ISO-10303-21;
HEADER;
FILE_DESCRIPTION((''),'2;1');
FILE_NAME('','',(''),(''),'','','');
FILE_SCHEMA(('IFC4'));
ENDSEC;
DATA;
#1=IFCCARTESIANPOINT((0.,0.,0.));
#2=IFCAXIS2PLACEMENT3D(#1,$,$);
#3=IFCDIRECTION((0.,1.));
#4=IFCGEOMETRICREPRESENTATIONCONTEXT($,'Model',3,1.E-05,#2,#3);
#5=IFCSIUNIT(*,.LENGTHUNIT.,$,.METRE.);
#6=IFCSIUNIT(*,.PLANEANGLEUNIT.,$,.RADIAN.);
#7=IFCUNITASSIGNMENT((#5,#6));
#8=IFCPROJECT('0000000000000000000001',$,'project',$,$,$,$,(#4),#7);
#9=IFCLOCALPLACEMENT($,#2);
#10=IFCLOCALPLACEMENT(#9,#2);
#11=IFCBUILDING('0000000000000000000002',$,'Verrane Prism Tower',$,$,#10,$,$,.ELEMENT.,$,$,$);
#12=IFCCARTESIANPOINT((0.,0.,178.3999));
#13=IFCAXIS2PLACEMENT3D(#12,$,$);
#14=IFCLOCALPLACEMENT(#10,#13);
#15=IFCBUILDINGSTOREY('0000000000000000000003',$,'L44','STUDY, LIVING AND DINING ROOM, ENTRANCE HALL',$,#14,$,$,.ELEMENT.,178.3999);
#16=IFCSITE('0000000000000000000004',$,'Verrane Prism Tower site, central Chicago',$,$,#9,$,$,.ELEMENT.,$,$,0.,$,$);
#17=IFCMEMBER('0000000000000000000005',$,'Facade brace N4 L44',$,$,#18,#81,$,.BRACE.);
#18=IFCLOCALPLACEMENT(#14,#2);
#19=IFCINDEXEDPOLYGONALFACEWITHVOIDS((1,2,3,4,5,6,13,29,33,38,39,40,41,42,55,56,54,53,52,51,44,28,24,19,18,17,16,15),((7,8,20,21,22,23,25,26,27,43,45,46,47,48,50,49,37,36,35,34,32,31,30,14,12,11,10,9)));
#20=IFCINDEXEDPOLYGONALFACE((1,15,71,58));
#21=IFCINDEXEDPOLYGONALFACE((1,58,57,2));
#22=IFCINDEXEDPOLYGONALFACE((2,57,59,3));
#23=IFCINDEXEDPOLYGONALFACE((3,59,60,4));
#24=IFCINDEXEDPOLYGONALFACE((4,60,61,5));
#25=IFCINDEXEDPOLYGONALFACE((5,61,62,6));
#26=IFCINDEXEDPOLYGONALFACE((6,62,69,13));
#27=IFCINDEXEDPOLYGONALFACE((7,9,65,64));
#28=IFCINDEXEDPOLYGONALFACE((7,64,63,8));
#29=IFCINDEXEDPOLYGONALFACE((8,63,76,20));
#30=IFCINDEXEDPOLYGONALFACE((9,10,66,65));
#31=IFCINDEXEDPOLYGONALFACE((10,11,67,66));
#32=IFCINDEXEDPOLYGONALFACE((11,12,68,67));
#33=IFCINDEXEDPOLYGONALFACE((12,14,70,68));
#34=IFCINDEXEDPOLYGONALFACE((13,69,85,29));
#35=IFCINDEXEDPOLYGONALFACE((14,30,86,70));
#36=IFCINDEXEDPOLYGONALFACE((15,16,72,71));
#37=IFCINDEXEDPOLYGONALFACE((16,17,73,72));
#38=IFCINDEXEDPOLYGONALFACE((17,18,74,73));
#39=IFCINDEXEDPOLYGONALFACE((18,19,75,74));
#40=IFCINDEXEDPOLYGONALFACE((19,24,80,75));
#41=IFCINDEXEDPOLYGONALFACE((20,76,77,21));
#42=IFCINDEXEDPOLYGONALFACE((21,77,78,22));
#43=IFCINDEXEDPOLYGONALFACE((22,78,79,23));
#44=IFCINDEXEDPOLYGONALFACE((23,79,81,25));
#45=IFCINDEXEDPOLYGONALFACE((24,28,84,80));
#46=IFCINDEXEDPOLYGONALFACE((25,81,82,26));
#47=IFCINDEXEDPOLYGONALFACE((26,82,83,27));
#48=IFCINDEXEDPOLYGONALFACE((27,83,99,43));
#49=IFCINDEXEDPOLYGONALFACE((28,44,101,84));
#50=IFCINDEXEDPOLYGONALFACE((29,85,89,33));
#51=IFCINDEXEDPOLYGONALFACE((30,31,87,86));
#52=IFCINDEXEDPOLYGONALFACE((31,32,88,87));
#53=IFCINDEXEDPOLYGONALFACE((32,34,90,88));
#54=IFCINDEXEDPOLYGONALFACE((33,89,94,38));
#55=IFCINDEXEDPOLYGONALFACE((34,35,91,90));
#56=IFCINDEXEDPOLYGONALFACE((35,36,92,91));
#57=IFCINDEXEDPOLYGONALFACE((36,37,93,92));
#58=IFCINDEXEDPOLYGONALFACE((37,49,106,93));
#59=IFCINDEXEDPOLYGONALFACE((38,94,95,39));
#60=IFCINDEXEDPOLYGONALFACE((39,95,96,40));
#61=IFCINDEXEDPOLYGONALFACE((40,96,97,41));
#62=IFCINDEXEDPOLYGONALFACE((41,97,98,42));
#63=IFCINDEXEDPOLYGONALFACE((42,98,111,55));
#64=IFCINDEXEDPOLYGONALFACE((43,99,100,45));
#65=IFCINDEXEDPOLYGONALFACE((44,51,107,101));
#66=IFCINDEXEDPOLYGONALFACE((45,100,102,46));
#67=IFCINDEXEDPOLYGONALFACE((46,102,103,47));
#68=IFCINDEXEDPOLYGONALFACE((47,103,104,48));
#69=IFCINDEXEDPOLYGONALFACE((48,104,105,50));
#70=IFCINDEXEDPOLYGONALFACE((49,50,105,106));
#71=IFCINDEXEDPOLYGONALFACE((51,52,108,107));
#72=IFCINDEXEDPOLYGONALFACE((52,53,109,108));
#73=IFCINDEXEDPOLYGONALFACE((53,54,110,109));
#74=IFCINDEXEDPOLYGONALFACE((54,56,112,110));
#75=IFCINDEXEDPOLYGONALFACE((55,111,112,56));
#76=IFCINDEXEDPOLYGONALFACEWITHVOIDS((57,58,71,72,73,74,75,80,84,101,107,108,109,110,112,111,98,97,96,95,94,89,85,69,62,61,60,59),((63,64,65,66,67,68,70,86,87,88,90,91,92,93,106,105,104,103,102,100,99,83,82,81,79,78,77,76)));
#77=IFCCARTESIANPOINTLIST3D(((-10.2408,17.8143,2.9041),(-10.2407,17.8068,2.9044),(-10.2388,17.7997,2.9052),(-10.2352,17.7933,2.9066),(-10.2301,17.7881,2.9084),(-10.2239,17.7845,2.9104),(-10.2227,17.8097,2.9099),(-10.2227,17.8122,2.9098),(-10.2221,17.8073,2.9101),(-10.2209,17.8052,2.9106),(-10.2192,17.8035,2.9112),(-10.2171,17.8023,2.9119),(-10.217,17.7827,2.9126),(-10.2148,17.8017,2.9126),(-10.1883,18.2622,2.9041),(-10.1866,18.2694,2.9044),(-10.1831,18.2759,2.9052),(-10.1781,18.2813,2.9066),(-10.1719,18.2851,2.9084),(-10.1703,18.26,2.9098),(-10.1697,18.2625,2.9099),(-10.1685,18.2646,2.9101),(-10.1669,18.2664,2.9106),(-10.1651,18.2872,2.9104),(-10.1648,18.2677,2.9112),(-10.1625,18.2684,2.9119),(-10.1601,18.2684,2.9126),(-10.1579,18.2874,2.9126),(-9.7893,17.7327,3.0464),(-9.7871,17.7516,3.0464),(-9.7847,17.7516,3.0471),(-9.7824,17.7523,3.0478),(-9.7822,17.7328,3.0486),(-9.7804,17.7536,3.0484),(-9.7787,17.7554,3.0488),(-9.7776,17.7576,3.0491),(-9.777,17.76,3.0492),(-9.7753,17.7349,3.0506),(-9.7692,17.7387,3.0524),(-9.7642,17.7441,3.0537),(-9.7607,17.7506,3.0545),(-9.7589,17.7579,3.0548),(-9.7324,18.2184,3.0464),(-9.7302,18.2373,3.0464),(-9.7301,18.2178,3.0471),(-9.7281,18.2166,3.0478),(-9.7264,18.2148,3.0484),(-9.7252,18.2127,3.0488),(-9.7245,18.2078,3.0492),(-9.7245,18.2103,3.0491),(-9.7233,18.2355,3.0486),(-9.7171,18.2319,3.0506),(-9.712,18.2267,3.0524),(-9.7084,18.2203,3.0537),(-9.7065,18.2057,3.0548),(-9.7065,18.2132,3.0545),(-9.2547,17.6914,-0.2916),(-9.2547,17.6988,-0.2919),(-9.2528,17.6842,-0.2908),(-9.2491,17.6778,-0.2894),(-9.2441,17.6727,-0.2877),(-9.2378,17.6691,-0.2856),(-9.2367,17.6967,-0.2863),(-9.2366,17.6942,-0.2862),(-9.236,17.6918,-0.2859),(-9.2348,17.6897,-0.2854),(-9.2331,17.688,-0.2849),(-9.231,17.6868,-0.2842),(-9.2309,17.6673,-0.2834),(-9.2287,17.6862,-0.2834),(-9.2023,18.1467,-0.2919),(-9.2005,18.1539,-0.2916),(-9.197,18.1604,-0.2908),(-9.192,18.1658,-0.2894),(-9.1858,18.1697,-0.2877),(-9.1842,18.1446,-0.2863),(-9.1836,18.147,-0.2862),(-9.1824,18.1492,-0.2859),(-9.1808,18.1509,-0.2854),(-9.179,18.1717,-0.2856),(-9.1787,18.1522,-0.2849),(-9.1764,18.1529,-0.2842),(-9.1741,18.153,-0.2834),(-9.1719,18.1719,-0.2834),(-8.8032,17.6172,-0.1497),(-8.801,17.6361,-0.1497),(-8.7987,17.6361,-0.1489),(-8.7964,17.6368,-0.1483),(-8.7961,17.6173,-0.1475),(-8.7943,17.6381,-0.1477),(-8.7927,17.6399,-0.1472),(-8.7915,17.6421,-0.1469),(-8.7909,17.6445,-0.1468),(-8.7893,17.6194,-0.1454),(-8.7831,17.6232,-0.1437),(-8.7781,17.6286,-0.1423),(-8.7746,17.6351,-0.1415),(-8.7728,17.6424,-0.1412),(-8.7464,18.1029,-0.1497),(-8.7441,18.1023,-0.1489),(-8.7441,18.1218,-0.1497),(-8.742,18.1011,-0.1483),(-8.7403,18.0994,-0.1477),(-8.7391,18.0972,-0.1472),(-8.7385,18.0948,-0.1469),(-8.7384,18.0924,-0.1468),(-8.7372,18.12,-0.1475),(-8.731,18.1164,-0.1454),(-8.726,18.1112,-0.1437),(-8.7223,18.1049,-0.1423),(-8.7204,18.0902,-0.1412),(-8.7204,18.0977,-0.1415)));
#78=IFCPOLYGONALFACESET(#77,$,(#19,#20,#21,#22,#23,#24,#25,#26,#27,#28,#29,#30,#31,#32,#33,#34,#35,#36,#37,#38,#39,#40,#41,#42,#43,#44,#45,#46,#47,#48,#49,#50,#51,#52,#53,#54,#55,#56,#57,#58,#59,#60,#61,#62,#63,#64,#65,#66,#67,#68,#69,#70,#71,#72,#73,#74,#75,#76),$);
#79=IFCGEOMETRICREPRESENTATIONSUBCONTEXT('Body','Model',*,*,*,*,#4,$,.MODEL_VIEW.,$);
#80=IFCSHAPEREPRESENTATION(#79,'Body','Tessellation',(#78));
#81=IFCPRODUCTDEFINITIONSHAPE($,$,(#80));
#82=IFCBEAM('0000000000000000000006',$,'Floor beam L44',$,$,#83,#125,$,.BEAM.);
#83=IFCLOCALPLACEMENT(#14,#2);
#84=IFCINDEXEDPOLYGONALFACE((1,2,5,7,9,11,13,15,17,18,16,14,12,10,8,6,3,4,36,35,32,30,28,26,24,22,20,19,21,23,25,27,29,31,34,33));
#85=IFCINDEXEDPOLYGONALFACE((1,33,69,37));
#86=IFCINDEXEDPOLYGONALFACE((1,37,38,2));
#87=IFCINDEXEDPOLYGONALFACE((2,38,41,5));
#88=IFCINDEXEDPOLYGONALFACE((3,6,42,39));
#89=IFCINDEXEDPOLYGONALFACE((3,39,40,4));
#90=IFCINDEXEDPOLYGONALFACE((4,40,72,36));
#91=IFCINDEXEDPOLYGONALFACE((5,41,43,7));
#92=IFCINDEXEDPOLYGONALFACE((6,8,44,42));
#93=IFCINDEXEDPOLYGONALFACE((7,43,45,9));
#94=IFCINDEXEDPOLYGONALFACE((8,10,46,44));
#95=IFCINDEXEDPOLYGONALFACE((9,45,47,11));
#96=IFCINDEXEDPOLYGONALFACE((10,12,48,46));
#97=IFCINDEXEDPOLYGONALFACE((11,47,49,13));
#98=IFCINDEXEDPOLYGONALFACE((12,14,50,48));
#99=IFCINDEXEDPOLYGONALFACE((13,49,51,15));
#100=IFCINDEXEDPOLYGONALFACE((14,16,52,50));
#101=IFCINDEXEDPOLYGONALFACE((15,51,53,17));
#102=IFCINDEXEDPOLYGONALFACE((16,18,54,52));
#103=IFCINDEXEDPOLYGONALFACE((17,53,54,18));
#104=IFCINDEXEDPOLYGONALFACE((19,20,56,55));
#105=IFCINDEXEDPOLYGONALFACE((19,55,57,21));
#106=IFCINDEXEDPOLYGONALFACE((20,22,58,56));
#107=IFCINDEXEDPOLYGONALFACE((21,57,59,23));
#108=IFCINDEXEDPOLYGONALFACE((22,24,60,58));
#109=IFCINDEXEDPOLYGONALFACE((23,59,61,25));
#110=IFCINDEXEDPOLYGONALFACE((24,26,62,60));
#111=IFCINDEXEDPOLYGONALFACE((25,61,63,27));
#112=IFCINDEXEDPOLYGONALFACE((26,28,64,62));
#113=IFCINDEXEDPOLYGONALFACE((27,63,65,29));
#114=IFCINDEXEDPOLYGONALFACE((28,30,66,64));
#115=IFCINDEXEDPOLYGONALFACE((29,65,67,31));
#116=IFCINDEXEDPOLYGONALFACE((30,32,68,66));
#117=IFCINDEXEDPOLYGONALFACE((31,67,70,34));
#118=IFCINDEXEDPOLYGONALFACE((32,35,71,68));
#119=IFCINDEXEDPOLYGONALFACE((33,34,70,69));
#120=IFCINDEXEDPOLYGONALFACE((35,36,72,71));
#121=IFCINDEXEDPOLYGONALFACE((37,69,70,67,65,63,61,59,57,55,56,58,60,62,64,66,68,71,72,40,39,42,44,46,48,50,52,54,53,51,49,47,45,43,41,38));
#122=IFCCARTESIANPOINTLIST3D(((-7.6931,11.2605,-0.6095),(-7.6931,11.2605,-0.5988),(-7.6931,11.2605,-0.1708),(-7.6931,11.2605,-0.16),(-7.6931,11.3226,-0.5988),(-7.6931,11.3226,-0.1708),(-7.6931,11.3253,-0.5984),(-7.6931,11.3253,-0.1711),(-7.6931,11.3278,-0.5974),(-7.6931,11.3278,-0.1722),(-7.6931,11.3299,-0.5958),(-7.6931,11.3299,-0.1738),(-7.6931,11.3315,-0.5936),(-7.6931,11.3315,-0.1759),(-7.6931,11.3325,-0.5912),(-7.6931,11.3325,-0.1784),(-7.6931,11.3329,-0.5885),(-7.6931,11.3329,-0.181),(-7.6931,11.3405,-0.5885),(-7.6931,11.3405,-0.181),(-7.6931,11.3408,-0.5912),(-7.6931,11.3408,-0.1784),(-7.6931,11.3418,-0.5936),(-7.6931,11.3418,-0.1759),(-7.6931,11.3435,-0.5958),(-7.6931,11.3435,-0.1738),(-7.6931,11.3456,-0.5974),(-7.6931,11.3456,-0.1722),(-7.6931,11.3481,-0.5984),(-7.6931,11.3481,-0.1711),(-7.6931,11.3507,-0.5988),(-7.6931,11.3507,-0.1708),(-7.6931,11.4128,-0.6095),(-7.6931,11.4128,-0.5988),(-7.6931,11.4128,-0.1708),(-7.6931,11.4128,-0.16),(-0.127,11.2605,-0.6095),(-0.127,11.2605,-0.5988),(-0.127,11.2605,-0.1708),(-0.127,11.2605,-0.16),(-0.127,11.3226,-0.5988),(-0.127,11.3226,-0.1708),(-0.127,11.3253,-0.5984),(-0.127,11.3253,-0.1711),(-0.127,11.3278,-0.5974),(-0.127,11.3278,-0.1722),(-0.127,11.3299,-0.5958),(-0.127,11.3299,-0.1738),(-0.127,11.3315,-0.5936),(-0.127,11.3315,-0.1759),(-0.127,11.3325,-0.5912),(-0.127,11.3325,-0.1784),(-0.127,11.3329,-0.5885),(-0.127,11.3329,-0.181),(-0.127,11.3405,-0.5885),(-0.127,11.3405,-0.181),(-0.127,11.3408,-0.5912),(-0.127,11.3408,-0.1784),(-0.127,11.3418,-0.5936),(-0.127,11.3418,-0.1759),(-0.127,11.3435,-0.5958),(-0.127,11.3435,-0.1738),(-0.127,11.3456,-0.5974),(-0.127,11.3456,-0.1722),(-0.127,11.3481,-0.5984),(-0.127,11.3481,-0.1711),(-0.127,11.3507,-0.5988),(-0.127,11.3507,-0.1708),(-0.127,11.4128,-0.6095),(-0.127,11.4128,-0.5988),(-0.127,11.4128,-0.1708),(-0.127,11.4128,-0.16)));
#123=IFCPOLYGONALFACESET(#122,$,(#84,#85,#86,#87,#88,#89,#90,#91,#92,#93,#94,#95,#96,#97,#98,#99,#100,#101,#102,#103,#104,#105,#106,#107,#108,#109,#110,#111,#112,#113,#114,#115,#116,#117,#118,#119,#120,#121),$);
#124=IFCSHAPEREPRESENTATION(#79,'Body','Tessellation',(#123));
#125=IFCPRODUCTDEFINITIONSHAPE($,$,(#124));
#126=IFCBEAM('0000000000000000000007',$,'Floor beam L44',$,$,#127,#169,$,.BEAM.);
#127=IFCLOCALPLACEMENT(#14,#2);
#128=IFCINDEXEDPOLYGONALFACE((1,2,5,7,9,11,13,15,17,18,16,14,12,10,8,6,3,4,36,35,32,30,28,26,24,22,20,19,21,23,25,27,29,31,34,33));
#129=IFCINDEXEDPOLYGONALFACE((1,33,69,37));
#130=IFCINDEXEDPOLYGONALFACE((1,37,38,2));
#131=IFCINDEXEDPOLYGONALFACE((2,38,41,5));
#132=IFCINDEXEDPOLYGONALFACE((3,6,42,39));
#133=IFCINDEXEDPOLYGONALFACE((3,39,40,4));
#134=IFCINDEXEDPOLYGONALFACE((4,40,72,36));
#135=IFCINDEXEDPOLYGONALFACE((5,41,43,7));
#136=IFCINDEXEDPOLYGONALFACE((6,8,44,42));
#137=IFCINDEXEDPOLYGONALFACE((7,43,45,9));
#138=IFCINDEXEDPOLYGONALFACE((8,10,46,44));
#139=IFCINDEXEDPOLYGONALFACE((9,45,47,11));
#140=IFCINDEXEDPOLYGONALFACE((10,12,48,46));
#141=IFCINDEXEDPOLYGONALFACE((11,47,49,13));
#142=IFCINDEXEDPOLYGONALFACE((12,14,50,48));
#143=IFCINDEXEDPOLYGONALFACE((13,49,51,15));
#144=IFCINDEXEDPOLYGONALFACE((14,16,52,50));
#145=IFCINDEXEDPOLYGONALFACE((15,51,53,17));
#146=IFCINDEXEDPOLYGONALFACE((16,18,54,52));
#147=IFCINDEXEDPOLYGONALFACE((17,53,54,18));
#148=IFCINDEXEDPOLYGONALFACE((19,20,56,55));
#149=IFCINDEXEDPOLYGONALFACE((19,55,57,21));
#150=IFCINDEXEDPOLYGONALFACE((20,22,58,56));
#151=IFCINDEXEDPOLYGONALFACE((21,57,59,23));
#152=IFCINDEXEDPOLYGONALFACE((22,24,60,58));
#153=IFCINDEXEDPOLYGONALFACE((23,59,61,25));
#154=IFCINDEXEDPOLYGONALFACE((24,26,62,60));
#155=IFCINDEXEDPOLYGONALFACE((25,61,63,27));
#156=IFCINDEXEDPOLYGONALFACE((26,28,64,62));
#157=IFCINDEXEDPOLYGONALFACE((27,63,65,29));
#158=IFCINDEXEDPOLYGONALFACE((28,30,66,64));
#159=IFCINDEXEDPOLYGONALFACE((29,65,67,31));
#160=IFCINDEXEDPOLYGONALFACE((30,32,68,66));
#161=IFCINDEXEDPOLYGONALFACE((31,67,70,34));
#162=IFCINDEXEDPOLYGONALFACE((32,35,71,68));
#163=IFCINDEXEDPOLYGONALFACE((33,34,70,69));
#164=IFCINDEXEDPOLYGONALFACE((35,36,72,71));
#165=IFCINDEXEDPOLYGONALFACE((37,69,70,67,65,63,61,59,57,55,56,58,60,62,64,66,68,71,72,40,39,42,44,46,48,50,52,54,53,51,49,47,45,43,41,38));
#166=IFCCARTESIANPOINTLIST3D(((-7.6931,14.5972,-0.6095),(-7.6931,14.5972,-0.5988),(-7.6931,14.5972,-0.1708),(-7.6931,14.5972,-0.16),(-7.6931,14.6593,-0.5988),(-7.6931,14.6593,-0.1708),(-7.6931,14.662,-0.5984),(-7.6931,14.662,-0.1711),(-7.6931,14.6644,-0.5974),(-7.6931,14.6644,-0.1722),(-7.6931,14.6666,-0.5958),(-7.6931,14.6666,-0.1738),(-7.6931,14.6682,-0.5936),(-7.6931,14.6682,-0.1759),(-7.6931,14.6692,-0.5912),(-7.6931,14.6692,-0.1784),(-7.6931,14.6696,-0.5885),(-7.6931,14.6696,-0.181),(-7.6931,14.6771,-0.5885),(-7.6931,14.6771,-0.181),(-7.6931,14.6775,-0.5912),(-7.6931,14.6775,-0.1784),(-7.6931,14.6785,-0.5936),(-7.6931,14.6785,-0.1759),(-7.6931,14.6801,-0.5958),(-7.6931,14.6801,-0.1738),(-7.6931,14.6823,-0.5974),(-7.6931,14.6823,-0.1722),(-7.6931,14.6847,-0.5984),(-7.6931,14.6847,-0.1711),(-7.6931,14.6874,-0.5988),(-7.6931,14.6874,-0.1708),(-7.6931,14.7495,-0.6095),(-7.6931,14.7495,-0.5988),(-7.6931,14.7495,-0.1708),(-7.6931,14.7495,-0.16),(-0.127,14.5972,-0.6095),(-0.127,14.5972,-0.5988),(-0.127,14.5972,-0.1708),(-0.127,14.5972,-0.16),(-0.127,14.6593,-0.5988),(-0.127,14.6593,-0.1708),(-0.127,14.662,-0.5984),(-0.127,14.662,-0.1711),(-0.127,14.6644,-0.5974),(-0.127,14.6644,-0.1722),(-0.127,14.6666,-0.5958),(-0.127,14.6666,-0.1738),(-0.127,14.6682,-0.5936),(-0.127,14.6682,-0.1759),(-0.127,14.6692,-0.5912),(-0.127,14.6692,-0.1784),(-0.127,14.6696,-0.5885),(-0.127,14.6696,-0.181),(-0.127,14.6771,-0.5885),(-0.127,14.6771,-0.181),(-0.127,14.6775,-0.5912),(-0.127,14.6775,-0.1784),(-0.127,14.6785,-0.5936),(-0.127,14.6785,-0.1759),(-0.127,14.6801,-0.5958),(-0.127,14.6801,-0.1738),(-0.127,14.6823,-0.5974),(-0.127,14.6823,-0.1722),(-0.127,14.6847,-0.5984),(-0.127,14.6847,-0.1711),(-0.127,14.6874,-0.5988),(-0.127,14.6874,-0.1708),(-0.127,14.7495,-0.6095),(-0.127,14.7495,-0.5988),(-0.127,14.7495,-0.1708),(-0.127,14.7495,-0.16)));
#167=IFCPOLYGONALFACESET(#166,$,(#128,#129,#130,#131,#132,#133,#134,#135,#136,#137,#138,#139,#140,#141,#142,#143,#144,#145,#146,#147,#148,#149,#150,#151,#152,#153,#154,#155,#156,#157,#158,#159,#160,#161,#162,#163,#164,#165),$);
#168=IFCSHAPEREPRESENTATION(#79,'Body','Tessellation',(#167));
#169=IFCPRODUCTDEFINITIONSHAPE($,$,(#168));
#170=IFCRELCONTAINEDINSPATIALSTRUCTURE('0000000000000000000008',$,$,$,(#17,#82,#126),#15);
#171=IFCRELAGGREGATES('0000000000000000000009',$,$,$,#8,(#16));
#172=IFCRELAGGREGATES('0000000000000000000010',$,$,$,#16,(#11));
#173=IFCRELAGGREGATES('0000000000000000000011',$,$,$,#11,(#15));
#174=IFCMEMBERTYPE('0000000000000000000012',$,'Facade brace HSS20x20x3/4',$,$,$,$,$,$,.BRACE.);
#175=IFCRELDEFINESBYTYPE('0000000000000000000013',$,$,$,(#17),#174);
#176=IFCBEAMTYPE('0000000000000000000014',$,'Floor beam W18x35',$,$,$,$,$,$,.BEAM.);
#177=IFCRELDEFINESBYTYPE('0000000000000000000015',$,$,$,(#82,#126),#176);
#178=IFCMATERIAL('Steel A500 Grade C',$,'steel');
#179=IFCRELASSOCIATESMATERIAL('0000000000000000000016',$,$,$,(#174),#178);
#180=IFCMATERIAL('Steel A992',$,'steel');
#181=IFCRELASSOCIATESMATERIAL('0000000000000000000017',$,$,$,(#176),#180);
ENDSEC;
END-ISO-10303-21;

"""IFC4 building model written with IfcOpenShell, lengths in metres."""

from ifc_helpers import new_model, si_unit, direction, frame, origin, origin_2d, place, context, subcontext, project, spatial, hollow_rectangle, i_section, extrude, material, material_profile, profile_set, type_object, element, save


model = new_model("IFC4")

# Units and contexts
model_context = context("Model", 3, precision=1e-05, world=origin(), true_north=direction((0.0, 1.0)))
body_context = subcontext(model_context, "Body", "Model", "MODEL_VIEW")
ifc_project = project(units=[si_unit("LENGTHUNIT", "METRE"), si_unit("PLANEANGLEUNIT", "RADIAN")], contexts=[model_context])

# Site, building, storey
site_placement = place(None, origin())
site = spatial("IfcSite", under=ifc_project, at=site_placement, Name="Verrane Prism Tower site, central Chicago", CompositionType="ELEMENT", RefElevation=0.0)
building_placement = place(site_placement, origin())
building = spatial("IfcBuilding", under=site, at=building_placement, Name="Verrane Prism Tower", CompositionType="ELEMENT")
storey_placement = place(building_placement, frame((0.0, 0.0, 178.3999)))
storey = spatial("IfcBuildingStorey", under=building, at=storey_placement, Name="L44", Description="STUDY, LIVING AND DINING ROOM, ENTRANCE HALL", CompositionType="ELEMENT", Elevation=178.3999)

# Member
ifc_material_1 = material(Name="Steel A500 Grade C", Category="steel")
ifc_material_profile_1 = material_profile(ifc_material_1, hollow_rectangle(XDim=0.5081, YDim=0.5081, WallThickness=0.019, InnerFilletRadius=0.0095, OuterFilletRadius=0.0286, at=origin_2d()), Name="HSS20x20x3/4")
ifc_profile_set_1 = profile_set([ifc_material_profile_1], Name="Steel A500 Grade C")
member_type_1 = type_object("IfcMemberType", Name="Facade brace HSS20x20x3/4", PredefinedType="BRACE", material=ifc_profile_set_1)
member_1_placement = place(storey_placement, frame((-8.9875, 17.8945, -0.2166), z_axis=(-0.294644, 0.034505, 0.954984), x_axis=(-0.116313, -0.993213, 0.0)))
element("IfcMember", 1, at=member_1_placement, inside=storey, type_object=member_type_1, Name="Facade brace N4 L44", PredefinedType="BRACE", context=body_context, shape_type="SweptSolid", body=[
    extrude(hollow_rectangle(XDim=0.5081, YDim=0.5081, WallThickness=0.019, InnerFilletRadius=0.0095, OuterFilletRadius=0.0286, at=origin_2d()), origin(), (0.0, 0.0, 1.0), 3.3467),
])

# Beams
ifc_material_2 = material(Name="Steel A992", Category="steel")
ifc_material_profile_2 = material_profile(ifc_material_2, i_section(OverallWidth=0.1523, OverallDepth=0.4495, WebThickness=0.0076, FlangeThickness=0.0107, FilletRadius=0.0103, at=origin_2d()), Name="W18x35")
ifc_profile_set_2 = profile_set([ifc_material_profile_2], Name="Steel A992")
beam_type_1 = type_object("IfcBeamType", Name="Floor beam W18x35", PredefinedType="BEAM", material=ifc_profile_set_2)
for number, where, z_axis, x_axis, name in (
    (2, (-7.6931, 11.3367, -0.3848), (1.0, 0.0, 0.0), (0.0, 1.0, 0.0), "Floor beam L44"),
    (3, (-7.6931, 14.6733, -0.3848), (1.0, 0.0, 0.0), (0.0, 1.0, 0.0), "Floor beam L44"),
):
    element("IfcBeam", number, at=place(storey_placement, frame(where, z_axis=z_axis, x_axis=x_axis)), inside=storey, type_object=beam_type_1, Name=name, PredefinedType="BEAM", context=body_context, shape_type="SweptSolid", body=[
        extrude(i_section(OverallWidth=0.1523, OverallDepth=0.4495, WebThickness=0.0076, FlangeThickness=0.0107, FilletRadius=0.0103, at=origin_2d()), origin(), (0.0, 0.0, 1.0), 7.5662),
    ])

save(model, "model.ifc")
